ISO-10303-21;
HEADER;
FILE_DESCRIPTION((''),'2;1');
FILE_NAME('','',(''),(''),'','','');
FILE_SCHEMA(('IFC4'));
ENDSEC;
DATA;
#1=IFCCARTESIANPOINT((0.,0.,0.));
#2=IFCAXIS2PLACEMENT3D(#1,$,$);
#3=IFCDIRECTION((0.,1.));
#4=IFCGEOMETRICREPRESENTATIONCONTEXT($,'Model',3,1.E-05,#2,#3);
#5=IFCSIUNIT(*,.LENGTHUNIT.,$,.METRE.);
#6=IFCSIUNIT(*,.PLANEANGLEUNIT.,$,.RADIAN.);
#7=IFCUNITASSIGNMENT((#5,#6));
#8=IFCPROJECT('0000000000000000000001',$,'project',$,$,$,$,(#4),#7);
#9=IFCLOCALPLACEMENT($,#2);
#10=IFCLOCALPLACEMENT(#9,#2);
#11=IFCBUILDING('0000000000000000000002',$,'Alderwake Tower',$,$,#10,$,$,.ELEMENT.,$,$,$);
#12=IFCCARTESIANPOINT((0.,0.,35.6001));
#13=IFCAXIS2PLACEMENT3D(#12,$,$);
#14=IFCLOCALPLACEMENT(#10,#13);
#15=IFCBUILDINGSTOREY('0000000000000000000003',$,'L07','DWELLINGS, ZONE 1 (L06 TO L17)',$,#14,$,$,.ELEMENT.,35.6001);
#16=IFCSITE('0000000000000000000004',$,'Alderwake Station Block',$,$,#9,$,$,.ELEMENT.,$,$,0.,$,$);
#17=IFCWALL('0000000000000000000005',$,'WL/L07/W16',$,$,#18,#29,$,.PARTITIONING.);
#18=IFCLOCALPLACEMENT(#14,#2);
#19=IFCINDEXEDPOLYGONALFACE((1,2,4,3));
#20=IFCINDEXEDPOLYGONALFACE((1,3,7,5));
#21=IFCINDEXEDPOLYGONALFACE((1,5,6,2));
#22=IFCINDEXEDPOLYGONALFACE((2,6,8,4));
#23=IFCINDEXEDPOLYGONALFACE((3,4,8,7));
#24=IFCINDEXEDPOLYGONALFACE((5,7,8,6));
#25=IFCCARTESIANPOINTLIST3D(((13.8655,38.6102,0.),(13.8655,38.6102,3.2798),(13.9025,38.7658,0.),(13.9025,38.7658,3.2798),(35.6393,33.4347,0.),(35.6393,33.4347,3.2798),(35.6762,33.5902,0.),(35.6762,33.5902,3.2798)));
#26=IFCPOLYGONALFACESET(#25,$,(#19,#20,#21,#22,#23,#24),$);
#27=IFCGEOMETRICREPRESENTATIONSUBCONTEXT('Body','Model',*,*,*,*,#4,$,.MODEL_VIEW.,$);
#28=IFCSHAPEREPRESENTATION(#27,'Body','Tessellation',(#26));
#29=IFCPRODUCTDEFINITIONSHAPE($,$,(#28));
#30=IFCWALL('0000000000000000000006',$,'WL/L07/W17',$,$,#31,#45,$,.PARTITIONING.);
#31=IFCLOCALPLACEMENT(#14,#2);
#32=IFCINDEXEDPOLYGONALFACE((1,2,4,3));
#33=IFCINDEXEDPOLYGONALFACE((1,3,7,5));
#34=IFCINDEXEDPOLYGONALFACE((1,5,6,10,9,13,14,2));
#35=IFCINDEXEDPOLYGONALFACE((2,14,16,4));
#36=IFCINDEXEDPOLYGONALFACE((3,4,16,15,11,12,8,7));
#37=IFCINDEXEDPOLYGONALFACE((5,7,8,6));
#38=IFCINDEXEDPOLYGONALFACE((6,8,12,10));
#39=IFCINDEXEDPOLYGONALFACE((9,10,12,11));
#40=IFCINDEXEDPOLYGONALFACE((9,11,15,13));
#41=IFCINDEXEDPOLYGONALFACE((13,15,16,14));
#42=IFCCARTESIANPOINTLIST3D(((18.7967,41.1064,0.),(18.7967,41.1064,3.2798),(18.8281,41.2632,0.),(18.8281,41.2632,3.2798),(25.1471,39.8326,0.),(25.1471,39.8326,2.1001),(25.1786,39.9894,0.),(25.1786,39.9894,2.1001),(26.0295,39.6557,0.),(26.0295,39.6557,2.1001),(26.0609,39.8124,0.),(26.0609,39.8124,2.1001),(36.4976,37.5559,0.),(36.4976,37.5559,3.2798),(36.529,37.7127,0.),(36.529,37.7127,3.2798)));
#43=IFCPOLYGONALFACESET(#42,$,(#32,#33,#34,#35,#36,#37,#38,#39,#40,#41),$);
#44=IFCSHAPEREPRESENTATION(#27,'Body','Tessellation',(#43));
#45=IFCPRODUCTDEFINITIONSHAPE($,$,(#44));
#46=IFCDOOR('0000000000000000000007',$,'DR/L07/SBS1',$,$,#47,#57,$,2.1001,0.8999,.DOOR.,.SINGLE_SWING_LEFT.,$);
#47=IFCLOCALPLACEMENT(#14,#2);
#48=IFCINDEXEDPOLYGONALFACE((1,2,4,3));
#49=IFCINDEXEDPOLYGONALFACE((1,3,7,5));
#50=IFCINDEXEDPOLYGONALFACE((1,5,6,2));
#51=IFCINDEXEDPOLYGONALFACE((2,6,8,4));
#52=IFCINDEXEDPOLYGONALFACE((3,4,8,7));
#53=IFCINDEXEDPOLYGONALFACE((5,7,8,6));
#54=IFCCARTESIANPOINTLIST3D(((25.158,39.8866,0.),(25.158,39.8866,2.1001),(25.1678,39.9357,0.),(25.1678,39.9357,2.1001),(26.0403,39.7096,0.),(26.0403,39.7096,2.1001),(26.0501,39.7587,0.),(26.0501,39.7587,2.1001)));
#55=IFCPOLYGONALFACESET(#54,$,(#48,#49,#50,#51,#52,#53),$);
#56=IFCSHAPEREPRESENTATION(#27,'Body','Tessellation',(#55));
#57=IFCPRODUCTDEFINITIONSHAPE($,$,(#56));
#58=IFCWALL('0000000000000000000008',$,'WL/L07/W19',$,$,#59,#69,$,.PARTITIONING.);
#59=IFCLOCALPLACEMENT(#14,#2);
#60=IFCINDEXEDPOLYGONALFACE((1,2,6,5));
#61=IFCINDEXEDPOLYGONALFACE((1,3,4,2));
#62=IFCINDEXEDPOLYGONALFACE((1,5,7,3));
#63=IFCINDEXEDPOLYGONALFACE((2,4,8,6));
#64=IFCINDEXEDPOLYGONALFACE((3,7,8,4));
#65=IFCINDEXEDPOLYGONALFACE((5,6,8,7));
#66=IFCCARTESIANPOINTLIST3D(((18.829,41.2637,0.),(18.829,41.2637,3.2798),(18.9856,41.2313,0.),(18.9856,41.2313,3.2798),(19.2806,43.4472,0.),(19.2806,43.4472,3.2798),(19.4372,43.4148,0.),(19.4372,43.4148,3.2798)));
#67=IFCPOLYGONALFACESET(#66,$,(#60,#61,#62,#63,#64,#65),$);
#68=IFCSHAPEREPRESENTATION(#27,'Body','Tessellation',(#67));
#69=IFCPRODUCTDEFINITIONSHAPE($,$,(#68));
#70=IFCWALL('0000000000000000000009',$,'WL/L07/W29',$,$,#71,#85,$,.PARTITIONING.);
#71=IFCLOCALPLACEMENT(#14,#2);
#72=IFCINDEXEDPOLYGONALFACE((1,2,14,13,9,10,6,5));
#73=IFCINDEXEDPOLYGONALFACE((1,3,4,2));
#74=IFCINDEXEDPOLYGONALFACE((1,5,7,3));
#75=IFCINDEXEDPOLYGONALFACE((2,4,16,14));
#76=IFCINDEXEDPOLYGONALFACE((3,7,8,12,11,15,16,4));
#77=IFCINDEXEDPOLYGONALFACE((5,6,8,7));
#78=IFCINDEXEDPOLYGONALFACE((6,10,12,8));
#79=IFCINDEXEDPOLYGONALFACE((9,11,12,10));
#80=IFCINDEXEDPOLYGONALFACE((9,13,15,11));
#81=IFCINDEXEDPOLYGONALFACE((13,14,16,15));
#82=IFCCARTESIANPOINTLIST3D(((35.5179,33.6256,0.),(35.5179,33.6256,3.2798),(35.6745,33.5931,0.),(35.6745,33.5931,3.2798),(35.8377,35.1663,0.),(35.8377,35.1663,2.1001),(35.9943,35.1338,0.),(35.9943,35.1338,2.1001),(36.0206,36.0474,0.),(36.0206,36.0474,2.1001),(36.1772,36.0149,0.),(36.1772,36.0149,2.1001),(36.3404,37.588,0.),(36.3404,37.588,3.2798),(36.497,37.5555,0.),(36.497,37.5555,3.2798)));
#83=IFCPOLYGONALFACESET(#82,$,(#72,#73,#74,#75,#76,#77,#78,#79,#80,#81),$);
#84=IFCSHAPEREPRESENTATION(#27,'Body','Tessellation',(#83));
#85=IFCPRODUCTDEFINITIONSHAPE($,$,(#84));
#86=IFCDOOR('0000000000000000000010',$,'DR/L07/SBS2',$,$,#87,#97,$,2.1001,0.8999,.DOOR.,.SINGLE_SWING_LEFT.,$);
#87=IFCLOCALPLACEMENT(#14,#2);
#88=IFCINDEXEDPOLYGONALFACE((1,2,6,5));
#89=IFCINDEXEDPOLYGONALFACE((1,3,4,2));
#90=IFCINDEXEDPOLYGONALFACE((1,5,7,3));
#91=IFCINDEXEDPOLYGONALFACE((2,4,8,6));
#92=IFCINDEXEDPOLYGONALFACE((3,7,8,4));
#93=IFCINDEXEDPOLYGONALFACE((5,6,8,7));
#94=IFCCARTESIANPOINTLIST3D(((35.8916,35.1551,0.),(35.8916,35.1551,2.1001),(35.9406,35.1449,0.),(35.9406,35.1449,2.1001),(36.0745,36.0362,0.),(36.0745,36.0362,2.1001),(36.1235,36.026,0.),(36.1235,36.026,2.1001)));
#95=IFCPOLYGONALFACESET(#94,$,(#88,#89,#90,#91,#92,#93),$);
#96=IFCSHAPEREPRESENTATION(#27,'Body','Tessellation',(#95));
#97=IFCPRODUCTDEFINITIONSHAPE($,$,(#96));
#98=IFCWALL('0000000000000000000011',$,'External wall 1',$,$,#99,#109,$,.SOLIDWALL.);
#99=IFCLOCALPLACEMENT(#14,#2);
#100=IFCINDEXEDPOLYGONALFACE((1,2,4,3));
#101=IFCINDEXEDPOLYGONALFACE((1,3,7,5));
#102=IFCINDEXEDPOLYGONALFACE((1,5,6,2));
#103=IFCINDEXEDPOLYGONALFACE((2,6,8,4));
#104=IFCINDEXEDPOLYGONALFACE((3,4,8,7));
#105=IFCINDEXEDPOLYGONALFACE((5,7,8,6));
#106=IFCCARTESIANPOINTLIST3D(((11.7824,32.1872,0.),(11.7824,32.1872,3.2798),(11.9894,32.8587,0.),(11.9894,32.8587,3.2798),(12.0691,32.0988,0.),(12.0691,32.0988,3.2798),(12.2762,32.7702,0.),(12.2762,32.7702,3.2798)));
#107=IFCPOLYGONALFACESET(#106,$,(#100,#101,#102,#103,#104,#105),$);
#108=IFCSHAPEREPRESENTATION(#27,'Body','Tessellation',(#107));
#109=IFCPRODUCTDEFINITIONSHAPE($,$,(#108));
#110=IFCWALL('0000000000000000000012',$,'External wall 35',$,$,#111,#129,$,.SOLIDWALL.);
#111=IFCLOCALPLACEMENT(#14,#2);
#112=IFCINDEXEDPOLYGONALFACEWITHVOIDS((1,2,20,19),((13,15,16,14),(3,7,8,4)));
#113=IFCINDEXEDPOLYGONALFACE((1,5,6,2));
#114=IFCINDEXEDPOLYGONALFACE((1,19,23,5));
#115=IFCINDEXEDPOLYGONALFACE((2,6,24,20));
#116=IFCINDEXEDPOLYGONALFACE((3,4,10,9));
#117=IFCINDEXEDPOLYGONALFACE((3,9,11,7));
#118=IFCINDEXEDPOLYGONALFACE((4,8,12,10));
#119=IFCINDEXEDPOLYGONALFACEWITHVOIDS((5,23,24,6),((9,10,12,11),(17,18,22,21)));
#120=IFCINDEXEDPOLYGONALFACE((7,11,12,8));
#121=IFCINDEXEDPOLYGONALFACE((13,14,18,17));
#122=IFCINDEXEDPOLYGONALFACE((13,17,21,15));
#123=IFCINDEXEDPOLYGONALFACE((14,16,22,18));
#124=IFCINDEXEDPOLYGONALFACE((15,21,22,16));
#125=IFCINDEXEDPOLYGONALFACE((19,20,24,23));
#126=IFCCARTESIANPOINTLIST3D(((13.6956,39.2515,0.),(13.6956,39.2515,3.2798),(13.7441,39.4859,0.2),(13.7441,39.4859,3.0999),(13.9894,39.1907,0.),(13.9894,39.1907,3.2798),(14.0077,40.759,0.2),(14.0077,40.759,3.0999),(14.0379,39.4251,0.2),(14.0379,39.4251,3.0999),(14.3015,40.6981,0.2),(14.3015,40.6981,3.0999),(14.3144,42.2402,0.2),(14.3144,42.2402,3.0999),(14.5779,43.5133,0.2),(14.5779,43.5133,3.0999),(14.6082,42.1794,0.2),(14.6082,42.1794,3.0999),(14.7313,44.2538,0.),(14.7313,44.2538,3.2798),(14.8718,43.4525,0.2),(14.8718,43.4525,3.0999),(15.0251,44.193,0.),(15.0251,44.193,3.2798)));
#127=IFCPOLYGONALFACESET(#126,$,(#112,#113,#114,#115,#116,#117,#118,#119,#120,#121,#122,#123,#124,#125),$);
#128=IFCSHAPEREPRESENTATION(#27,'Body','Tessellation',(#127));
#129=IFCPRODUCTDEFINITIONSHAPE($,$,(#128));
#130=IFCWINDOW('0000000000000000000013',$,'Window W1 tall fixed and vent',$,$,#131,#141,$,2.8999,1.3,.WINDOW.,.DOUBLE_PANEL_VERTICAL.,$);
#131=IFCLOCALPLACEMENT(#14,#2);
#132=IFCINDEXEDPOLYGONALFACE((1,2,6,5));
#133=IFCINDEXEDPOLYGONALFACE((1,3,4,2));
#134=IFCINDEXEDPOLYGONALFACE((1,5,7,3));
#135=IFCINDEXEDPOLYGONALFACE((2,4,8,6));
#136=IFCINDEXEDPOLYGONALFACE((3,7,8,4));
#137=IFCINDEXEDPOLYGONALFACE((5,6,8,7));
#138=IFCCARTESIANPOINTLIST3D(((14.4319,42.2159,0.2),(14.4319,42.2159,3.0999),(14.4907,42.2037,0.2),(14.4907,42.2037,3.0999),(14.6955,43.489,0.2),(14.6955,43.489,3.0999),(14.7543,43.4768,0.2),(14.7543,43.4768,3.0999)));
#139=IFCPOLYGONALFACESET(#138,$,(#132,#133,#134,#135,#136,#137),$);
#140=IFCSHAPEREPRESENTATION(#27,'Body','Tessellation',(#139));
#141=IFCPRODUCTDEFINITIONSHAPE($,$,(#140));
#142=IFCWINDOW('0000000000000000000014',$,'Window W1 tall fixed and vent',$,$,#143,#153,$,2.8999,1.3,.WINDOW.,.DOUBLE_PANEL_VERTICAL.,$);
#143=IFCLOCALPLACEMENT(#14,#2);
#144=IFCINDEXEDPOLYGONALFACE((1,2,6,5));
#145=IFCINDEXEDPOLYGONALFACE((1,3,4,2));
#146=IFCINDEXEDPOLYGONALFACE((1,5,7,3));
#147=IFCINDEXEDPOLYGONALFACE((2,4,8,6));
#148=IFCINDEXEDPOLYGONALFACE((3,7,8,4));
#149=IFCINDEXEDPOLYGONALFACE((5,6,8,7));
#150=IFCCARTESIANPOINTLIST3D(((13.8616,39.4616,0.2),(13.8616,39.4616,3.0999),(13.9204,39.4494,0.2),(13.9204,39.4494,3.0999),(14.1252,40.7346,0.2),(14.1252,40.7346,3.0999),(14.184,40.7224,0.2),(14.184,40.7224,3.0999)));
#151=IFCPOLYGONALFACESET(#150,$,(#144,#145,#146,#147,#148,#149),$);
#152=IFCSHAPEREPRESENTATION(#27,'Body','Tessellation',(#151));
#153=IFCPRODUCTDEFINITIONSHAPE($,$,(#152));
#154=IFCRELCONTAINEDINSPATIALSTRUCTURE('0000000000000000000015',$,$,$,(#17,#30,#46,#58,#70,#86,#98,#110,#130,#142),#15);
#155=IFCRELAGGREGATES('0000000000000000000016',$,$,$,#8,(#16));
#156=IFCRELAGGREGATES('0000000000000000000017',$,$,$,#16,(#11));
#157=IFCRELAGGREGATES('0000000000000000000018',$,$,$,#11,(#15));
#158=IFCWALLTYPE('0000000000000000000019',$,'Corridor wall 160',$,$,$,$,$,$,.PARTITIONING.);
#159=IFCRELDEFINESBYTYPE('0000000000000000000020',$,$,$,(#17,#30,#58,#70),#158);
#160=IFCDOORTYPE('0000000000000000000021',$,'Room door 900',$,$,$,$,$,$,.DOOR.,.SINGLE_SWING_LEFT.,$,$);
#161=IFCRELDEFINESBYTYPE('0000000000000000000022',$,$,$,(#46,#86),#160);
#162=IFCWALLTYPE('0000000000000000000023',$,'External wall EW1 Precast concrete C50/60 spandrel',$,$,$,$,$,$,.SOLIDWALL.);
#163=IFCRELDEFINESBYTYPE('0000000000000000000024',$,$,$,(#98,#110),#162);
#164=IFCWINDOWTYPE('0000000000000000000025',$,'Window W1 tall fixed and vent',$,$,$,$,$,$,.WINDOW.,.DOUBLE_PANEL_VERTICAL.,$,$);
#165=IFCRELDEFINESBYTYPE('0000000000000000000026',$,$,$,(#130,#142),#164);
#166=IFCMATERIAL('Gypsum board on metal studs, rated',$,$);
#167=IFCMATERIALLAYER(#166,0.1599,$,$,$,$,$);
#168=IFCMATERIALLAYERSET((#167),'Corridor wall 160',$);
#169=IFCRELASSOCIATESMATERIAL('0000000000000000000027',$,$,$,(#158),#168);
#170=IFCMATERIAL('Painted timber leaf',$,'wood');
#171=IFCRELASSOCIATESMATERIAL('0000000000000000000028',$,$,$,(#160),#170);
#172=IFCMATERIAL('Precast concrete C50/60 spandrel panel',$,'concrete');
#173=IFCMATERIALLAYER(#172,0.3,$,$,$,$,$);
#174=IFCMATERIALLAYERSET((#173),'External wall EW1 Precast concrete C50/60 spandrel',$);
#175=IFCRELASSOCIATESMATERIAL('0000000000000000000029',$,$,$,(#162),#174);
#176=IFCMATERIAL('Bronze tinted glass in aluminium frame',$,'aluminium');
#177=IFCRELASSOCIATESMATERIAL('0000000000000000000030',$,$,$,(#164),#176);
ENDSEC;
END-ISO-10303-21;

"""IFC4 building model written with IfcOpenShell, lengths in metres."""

from ifc_helpers import new_model, si_unit, direction, frame, frame_2d, origin, place, context, subcontext, project, spatial, rectangle, extrude, material, layer, layer_set, type_object, element, fill, save


model = new_model("IFC4")

# Units and contexts
model_context = context("Model", 3, precision=1e-05, world=origin(), true_north=direction((0.0, 1.0)))
body_context = subcontext(model_context, "Body", "Model", "MODEL_VIEW")
ifc_project = project(units=[si_unit("LENGTHUNIT", "METRE"), si_unit("PLANEANGLEUNIT", "RADIAN")], contexts=[model_context])

# Site, building, storey
site_placement = place(None, origin())
site = spatial("IfcSite", under=ifc_project, at=site_placement, Name="Alderwake Station Block", CompositionType="ELEMENT", RefElevation=0.0)
building_placement = place(site_placement, origin())
building = spatial("IfcBuilding", under=site, at=building_placement, Name="Alderwake Tower", CompositionType="ELEMENT")
storey_placement = place(building_placement, frame((0.0, 0.0, 35.6001)))
storey = spatial("IfcBuildingStorey", under=building, at=storey_placement, Name="L07", Description="DWELLINGS, ZONE 1 (L06 TO L17)", CompositionType="ELEMENT", Elevation=35.6001)

# Wall
ifc_material_1 = material(Name="Gypsum board on metal studs, rated")
ifc_layer_1 = layer(ifc_material_1, 0.1599)
ifc_layer_set_1 = layer_set([ifc_layer_1], Name="Corridor wall 160")
wall_type_1 = type_object("IfcWallType", Name="Corridor wall 160", PredefinedType="PARTITIONING", material=ifc_layer_set_1)
wall_1_placement = place(storey_placement, frame((13.884, 38.688, 0.0), z_axis=(0.0, 0.0, 1.0), x_axis=(0.972893, -0.231254, 0.0)))
element("IfcWall", 1, at=wall_1_placement, inside=storey, type_object=wall_type_1, Name="WL/L07/W16", PredefinedType="PARTITIONING", context=body_context, shape_type="SweptSolid", body=[
    extrude(rectangle(XDim=22.3804, YDim=0.1599, at=frame_2d((11.1902, 0.0))), origin(), (0.0, 0.0, 1.0), 3.2798),
])

# Wall, opening, door
wall_2_placement = place(storey_placement, frame((36.5134, 37.6343, 0.0), z_axis=(0.0, 0.0, 1.0), x_axis=(-0.98047, 0.196667, 0.0)))
wall_2 = element("IfcWall", 2, at=wall_2_placement, inside=storey, type_object=wall_type_1, Name="WL/L07/W17", PredefinedType="PARTITIONING", context=body_context, shape_type="SweptSolid", body=[
    extrude(rectangle(XDim=18.0535, YDim=0.1599, at=frame_2d((9.0269, 0.0))), origin(), (0.0, 0.0, 1.0), 3.2798),
])
opening_1_placement = place(wall_2_placement, frame((10.6768, 0.0, 0.0)))
opening_1 = element("IfcOpeningElement", 3, at=opening_1_placement, cuts=wall_2, PredefinedType="OPENING", context=body_context, shape_type="SweptSolid", body=[
    extrude(rectangle(XDim=0.8999, YDim=2.1001, at=frame_2d((0.45, 1.05))), frame((0.0, 0.0898, 0.0), z_axis=(0.0, -1.0, 0.0), x_axis=(1.0, 0.0, 0.0)), (0.0, 0.0, 1.0), 0.1799),
])
ifc_material_2 = material(Name="Painted timber leaf", Category="wood")
door_type_1 = type_object("IfcDoorType", Name="Room door 900", OperationType="SINGLE_SWING_LEFT", PredefinedType="DOOR", material=ifc_material_2)
door_1_placement = place(opening_1_placement, origin())
door_1 = element("IfcDoor", 4, at=door_1_placement, inside=storey, type_object=door_type_1, Name="DR/L07/SBS1", OperationType="SINGLE_SWING_LEFT", OverallHeight=2.1001, OverallWidth=0.8999, PredefinedType="DOOR", context=body_context, shape_type="SweptSolid", body=[
    extrude(rectangle(XDim=0.8999, YDim=2.1001, at=frame_2d((0.45, 1.05))), frame((0.0, 0.0249, 0.0), z_axis=(0.0, -1.0, 0.0), x_axis=(1.0, 0.0, 0.0)), (0.0, 0.0, 1.0), 0.05),
])
fill(opening_1, door_1)

# Wall
wall_3_placement = place(storey_placement, frame((19.3589, 43.4309, 0.0), z_axis=(0.0, 0.0, 1.0), x_axis=(-0.202555, -0.979271, 0.0)))
element("IfcWall", 5, at=wall_3_placement, inside=storey, type_object=wall_type_1, Name="WL/L07/W19", PredefinedType="PARTITIONING", context=body_context, shape_type="SweptSolid", body=[
    extrude(rectangle(XDim=2.2297, YDim=0.1599, at=frame_2d((1.1147, 0.0))), origin(), (0.0, 0.0, 1.0), 3.2798),
])

# Wall, opening, door
wall_4_placement = place(storey_placement, frame((35.5962, 33.6094, 0.0), z_axis=(0.0, 0.0, 1.0), x_axis=(0.203246, 0.979128, 0.0)))
wall_4 = element("IfcWall", 6, at=wall_4_placement, inside=storey, type_object=wall_type_1, Name="WL/L07/W29", PredefinedType="PARTITIONING", context=body_context, shape_type="SweptSolid", body=[
    extrude(rectangle(XDim=4.0469, YDim=0.1599, at=frame_2d((2.0234, 0.0))), origin(), (0.0, 0.0, 1.0), 3.2798),
])
opening_2_placement = place(wall_4_placement, frame((1.5735, 0.0, 0.0)))
opening_2 = element("IfcOpeningElement", 7, at=opening_2_placement, cuts=wall_4, PredefinedType="OPENING", context=body_context, shape_type="SweptSolid", body=[
    extrude(rectangle(XDim=0.8999, YDim=2.1001, at=frame_2d((0.45, 1.05))), frame((0.0, 0.0898, 0.0), z_axis=(0.0, -1.0, 0.0), x_axis=(1.0, 0.0, 0.0)), (0.0, 0.0, 1.0), 0.1799),
])
door_2_placement = place(opening_2_placement, origin())
door_2 = element("IfcDoor", 8, at=door_2_placement, inside=storey, type_object=door_type_1, Name="DR/L07/SBS2", OperationType="SINGLE_SWING_LEFT", OverallHeight=2.1001, OverallWidth=0.8999, PredefinedType="DOOR", context=body_context, shape_type="SweptSolid", body=[
    extrude(rectangle(XDim=0.8999, YDim=2.1001, at=frame_2d((0.45, 1.05))), frame((0.0, 0.0249, 0.0), z_axis=(0.0, -1.0, 0.0), x_axis=(1.0, 0.0, 0.0)), (0.0, 0.0, 1.0), 0.05),
])
fill(opening_2, door_2)

# Wall
ifc_material_3 = material(Name="Precast concrete C50/60 spandrel panel", Category="concrete")
ifc_layer_2 = layer(ifc_material_3, 0.3)
ifc_layer_set_2 = layer_set([ifc_layer_2], Name="External wall EW1 Precast concrete C50/60 spandrel")
wall_type_2 = type_object("IfcWallType", Name="External wall EW1 Precast concrete C50/60 spandrel", PredefinedType="SOLIDWALL", material=ifc_layer_set_2)
wall_5_placement = place(storey_placement, frame((12.1328, 32.8145, 0.0), z_axis=(0.0, 0.0, 1.0), x_axis=(-0.294672, -0.955599, 0.0)))
element("IfcWall", 9, at=wall_5_placement, inside=storey, type_object=wall_type_2, Name="External wall 1", PredefinedType="SOLIDWALL", context=body_context, shape_type="SweptSolid", body=[
    extrude(rectangle(XDim=0.7026, YDim=0.3, at=frame_2d((0.3513, 0.0))), origin(), (0.0, 0.0, 1.0), 3.2798),
])

# Wall, openings, windows
wall_6_placement = place(storey_placement, frame((14.8782, 44.2234, 0.0), z_axis=(0.0, 0.0, 1.0), x_axis=(-0.202738, -0.979233, 0.0)))
wall_6 = element("IfcWall", 10, at=wall_6_placement, inside=storey, type_object=wall_type_2, Name="External wall 35", PredefinedType="SOLIDWALL", context=body_context, shape_type="SweptSolid", body=[
    extrude(rectangle(XDim=5.1084, YDim=0.3, at=frame_2d((2.5542, 0.0))), origin(), (0.0, 0.0, 1.0), 3.2798),
])
opening_3_placement = place(wall_6_placement, frame((0.7563, 0.0, 0.2)))
opening_3 = element("IfcOpeningElement", 11, at=opening_3_placement, cuts=wall_6, PredefinedType="OPENING", context=body_context, shape_type="SweptSolid", body=[
    extrude(rectangle(XDim=1.3, YDim=2.8999, at=frame_2d((0.6499, 1.45))), frame((0.0, 0.1599, 0.0), z_axis=(0.0, -1.0, 0.0), x_axis=(1.0, 0.0, 0.0)), (0.0, 0.0, 1.0), 0.3201),
])
opening_4_placement = place(wall_6_placement, frame((3.5691, 0.0, 0.2)))
opening_4 = element("IfcOpeningElement", 12, at=opening_4_placement, cuts=wall_6, PredefinedType="OPENING", context=body_context, shape_type="SweptSolid", body=[
    extrude(rectangle(XDim=1.3, YDim=2.8999, at=frame_2d((0.6499, 1.45))), frame((0.0, 0.1599, 0.0), z_axis=(0.0, -1.0, 0.0), x_axis=(1.0, 0.0, 0.0)), (0.0, 0.0, 1.0), 0.3201),
])
ifc_material_4 = material(Name="Bronze tinted glass in aluminium frame", Category="aluminium")
window_type = type_object("IfcWindowType", Name="Window W1 tall fixed and vent", PartitioningType="DOUBLE_PANEL_VERTICAL", PredefinedType="WINDOW", material=ifc_material_4)
window_1_placement = place(opening_3_placement, origin())
window_1 = element("IfcWindow", 13, at=window_1_placement, inside=storey, type_object=window_type, Name="Window W1 tall fixed and vent", OverallHeight=2.8999, OverallWidth=1.3, PartitioningType="DOUBLE_PANEL_VERTICAL", PredefinedType="WINDOW", context=body_context, shape_type="SweptSolid", body=[
    extrude(rectangle(XDim=1.3, YDim=2.8999, at=frame_2d((0.6499, 1.45))), frame((0.0, 0.03, 0.0), z_axis=(0.0, -1.0, 0.0), x_axis=(1.0, 0.0, 0.0)), (0.0, 0.0, 1.0), 0.0601),
])
fill(opening_3, window_1)
window_2_placement = place(opening_4_placement, origin())
window_2 = element("IfcWindow", 14, at=window_2_placement, inside=storey, type_object=window_type, Name="Window W1 tall fixed and vent", OverallHeight=2.8999, OverallWidth=1.3, PartitioningType="DOUBLE_PANEL_VERTICAL", PredefinedType="WINDOW", context=body_context, shape_type="SweptSolid", body=[
    extrude(rectangle(XDim=1.3, YDim=2.8999, at=frame_2d((0.6499, 1.45))), frame((0.0, 0.03, 0.0), z_axis=(0.0, -1.0, 0.0), x_axis=(1.0, 0.0, 0.0)), (0.0, 0.0, 1.0), 0.0601),
])
fill(opening_4, window_2)

save(model, "model.ifc")
